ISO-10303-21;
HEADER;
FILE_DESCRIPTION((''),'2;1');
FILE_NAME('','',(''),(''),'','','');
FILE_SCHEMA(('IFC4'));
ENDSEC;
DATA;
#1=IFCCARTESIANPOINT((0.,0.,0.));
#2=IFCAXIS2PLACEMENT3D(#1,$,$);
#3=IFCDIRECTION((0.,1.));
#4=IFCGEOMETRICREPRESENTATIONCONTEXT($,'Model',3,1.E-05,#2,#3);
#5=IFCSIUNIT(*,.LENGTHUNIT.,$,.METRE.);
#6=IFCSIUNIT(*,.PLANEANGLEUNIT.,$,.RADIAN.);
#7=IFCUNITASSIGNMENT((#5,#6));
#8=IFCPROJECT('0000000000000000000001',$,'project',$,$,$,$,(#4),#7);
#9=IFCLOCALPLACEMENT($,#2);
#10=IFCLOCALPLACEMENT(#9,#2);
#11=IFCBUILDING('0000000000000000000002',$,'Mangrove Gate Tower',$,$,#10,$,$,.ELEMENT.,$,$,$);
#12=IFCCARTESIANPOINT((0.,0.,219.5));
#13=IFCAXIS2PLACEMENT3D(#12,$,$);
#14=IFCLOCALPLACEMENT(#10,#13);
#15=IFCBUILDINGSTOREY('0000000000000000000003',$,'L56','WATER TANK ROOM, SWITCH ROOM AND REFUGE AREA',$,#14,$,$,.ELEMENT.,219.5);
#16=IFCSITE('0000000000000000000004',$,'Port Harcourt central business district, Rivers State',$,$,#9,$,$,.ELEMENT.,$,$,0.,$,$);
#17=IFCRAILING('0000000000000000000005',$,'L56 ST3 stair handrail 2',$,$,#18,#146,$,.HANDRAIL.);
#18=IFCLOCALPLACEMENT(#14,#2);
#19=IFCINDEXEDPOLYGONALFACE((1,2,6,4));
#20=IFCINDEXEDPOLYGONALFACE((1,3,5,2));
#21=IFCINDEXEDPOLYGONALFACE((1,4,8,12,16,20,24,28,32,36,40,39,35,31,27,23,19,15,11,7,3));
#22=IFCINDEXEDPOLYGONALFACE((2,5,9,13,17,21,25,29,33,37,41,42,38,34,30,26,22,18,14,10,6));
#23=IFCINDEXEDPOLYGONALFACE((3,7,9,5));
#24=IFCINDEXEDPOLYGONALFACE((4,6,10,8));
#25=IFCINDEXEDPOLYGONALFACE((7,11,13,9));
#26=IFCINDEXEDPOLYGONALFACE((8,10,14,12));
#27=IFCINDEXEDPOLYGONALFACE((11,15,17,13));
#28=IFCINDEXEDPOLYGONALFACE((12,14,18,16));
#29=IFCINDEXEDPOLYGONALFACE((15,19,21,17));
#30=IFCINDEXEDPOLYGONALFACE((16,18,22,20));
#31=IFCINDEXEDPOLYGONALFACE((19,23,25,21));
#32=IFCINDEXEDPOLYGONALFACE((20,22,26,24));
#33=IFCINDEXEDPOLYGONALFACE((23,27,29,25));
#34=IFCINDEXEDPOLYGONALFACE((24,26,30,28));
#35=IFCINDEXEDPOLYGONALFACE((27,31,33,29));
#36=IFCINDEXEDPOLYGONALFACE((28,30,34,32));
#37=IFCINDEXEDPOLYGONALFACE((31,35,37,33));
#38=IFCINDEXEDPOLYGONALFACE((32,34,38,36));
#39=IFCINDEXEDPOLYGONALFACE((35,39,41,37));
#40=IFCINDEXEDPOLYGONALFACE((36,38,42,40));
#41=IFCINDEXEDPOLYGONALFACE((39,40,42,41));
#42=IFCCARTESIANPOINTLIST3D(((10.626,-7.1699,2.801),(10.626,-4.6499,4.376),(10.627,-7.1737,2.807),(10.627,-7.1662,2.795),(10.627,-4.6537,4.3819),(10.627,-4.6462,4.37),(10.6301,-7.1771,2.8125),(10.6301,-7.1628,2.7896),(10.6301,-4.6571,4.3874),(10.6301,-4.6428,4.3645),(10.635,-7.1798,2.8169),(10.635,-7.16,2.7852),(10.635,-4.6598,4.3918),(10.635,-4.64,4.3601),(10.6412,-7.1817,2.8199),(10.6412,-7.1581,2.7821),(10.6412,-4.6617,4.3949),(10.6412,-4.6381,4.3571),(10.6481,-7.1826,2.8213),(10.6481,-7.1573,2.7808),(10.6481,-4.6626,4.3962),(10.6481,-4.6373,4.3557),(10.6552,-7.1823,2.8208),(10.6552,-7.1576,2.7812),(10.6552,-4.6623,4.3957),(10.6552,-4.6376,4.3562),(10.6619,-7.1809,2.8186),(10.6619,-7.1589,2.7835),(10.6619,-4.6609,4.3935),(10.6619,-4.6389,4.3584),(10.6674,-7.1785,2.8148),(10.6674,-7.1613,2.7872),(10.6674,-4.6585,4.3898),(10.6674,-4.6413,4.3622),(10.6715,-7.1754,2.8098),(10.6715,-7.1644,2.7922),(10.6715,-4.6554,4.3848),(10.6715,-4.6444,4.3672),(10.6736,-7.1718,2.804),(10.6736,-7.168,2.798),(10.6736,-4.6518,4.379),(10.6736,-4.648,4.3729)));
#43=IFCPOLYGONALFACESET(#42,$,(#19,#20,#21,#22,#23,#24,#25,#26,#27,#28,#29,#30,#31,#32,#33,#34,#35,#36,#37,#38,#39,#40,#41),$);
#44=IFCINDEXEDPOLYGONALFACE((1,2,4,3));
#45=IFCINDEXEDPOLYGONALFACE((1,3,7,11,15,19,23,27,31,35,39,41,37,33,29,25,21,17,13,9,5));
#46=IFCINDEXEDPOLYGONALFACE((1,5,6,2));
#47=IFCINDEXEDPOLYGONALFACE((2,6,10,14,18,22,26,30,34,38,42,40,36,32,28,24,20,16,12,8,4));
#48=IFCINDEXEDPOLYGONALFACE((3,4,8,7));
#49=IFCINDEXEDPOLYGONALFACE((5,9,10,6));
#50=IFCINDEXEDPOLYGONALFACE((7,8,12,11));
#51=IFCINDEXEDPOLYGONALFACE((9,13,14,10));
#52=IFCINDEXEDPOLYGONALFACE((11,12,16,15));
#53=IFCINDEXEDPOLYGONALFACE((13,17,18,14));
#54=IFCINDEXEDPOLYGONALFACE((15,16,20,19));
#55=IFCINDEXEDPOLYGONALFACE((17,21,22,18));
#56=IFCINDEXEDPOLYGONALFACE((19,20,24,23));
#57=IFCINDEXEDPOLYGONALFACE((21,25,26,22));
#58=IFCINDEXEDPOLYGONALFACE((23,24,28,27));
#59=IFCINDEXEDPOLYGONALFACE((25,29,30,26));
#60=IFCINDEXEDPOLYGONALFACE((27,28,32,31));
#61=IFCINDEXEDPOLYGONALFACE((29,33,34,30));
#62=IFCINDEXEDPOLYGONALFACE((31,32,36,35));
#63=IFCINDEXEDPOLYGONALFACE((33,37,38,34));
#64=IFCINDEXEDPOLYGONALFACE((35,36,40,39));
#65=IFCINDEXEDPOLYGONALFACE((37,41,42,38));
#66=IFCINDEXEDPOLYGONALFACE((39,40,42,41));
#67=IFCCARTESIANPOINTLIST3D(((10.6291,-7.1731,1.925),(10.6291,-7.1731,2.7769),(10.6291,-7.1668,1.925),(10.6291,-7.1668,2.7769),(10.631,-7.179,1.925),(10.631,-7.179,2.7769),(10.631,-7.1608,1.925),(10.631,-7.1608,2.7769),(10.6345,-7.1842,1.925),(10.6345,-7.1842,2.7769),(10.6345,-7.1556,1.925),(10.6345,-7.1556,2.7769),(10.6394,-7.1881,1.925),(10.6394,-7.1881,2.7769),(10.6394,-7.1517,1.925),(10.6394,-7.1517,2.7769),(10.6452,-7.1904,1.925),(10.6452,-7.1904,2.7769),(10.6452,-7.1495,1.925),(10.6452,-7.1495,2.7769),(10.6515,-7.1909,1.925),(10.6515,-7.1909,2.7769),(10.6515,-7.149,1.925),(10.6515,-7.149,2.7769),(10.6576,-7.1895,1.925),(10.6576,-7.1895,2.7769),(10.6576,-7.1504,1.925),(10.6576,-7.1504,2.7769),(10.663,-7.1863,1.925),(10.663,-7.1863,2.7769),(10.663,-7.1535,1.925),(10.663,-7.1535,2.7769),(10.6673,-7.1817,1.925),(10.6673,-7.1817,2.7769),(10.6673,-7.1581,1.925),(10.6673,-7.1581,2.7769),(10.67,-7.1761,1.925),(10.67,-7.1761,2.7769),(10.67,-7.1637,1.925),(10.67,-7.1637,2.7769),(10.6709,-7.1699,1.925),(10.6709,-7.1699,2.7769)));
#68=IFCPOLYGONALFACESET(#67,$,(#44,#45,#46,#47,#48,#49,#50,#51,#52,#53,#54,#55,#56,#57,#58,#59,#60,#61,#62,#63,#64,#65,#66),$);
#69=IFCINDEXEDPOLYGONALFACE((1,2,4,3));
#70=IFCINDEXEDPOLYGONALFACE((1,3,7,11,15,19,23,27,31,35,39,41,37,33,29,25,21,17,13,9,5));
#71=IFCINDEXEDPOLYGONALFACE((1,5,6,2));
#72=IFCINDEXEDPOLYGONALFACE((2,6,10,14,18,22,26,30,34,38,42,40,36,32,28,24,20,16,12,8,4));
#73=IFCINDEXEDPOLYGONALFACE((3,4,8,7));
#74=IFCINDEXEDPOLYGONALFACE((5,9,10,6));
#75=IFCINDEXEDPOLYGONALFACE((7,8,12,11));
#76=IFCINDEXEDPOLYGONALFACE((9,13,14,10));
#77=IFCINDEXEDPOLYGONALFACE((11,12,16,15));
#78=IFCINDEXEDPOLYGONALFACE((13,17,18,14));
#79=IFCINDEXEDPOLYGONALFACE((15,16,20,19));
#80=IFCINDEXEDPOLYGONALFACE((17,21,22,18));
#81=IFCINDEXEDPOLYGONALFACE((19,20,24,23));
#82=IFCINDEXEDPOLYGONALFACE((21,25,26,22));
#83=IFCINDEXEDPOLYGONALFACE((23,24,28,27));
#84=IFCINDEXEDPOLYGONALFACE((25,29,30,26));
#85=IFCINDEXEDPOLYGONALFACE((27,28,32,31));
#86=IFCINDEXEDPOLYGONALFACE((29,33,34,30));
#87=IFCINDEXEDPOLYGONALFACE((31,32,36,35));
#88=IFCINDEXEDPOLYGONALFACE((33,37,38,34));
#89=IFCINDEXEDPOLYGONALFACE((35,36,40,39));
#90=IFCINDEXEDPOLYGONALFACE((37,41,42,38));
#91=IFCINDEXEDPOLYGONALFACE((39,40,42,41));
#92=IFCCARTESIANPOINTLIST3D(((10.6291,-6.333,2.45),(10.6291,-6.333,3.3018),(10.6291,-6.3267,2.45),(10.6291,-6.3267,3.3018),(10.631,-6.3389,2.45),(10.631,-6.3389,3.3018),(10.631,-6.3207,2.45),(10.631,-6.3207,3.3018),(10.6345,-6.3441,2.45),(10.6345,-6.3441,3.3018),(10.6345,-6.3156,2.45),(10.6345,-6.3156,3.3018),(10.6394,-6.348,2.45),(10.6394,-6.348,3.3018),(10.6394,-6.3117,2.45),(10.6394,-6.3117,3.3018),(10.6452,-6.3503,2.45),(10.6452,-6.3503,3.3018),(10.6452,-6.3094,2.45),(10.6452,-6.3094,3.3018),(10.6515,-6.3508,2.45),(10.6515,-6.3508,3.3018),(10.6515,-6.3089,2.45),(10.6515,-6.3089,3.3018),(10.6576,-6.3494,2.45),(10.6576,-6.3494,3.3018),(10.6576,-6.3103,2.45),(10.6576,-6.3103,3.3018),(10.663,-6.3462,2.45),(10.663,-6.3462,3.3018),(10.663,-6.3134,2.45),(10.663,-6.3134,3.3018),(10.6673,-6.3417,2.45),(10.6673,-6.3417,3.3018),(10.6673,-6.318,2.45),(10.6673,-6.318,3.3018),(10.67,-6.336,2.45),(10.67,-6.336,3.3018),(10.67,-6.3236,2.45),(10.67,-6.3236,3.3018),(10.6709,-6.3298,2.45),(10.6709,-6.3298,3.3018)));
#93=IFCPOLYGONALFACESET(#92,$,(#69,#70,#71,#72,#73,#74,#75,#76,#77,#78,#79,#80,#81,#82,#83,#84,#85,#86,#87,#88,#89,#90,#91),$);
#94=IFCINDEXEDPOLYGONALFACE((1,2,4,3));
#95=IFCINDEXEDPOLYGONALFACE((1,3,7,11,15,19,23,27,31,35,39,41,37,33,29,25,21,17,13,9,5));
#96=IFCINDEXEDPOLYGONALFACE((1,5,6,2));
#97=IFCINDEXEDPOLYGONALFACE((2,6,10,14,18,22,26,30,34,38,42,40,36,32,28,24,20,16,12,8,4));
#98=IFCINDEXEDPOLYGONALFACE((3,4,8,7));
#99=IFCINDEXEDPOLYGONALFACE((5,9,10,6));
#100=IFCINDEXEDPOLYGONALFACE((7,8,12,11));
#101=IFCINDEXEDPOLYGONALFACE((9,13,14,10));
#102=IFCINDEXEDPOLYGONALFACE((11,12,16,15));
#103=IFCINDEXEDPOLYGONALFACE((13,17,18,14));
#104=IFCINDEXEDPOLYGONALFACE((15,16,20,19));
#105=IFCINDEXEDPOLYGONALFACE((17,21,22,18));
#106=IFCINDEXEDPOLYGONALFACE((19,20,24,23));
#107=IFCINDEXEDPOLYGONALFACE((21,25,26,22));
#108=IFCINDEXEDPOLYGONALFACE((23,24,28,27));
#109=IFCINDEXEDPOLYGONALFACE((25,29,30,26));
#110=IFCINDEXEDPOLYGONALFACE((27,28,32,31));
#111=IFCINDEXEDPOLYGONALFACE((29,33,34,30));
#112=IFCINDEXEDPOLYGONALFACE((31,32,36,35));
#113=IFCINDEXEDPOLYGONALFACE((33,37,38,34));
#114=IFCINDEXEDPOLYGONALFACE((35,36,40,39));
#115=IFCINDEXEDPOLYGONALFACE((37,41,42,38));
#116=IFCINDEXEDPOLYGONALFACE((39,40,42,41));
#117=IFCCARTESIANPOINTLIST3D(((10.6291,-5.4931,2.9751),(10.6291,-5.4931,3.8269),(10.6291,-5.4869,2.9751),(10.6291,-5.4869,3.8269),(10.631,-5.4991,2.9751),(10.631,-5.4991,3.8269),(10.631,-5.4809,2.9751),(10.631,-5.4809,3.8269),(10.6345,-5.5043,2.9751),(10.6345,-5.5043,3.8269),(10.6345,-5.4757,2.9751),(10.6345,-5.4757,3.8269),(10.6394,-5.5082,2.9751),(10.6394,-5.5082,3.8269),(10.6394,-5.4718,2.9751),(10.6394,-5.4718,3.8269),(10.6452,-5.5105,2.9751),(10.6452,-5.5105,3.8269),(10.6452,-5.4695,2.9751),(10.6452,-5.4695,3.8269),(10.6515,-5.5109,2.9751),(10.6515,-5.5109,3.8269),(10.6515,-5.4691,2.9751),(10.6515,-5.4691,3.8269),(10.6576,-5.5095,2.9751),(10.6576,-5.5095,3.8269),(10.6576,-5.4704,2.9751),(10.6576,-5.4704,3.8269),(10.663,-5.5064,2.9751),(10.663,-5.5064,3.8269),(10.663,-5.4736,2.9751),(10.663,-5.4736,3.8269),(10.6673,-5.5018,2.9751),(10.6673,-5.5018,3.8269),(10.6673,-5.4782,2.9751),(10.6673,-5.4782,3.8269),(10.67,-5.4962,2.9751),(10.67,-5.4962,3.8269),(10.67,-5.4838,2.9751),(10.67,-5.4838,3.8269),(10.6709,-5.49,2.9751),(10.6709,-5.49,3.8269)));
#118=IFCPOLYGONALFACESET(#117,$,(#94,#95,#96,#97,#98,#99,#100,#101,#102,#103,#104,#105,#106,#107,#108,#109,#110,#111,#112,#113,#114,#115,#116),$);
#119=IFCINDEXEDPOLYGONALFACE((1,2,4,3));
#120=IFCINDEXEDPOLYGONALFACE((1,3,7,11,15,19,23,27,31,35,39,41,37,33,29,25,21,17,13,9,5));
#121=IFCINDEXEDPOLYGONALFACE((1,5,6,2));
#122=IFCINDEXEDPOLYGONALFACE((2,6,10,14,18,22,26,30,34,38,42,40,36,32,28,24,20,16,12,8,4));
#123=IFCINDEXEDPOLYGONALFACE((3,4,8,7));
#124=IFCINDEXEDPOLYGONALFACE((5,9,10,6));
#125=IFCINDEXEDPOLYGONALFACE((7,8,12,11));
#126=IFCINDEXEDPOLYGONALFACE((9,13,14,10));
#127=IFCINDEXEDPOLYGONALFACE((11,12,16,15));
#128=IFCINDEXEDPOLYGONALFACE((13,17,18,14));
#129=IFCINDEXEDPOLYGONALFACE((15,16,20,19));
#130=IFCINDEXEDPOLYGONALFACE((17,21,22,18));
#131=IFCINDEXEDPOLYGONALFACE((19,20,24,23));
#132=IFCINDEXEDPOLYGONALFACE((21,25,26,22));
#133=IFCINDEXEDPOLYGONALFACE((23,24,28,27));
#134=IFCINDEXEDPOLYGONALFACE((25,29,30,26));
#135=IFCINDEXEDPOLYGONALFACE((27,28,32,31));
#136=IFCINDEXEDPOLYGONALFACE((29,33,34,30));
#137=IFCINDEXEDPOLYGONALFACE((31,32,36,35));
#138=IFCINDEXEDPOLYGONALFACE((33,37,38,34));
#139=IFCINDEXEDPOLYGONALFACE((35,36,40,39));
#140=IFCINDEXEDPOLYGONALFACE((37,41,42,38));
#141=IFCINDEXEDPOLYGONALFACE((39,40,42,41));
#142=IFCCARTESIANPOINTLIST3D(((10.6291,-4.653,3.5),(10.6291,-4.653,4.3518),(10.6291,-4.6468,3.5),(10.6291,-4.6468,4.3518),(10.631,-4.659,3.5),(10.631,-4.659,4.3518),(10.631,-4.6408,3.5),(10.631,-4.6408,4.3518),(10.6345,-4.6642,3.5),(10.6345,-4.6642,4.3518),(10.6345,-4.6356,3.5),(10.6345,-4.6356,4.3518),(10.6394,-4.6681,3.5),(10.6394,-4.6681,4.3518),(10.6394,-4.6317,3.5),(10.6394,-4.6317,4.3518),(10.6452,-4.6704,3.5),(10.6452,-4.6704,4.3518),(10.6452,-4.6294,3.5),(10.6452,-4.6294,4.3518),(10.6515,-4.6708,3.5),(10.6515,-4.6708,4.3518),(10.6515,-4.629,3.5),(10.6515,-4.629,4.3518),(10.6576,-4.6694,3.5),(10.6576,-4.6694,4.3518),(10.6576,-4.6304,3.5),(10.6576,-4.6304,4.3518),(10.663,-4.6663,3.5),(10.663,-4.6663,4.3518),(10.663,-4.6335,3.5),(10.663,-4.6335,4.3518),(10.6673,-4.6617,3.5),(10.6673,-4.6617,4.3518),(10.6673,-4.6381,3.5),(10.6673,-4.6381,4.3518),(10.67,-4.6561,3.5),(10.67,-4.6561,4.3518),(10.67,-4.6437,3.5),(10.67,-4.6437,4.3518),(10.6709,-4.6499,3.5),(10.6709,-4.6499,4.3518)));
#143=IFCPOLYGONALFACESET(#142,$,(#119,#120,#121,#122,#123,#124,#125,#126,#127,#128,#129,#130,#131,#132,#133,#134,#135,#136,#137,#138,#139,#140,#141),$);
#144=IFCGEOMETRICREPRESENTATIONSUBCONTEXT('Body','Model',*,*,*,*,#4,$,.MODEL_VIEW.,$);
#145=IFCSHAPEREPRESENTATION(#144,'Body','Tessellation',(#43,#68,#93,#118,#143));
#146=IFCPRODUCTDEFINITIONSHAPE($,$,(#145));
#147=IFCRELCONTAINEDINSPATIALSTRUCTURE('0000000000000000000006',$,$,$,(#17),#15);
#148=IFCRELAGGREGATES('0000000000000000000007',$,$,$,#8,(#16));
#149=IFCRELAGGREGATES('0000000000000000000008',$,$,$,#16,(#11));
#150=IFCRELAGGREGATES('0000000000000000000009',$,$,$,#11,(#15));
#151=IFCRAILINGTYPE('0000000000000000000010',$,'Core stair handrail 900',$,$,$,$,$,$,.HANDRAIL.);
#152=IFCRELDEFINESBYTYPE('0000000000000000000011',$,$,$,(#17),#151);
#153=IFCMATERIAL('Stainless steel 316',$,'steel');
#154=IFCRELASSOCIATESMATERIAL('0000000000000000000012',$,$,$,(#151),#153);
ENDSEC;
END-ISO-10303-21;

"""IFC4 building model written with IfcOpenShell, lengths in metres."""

from ifc_helpers import new_model, si_unit, direction, frame, origin, origin_2d, place, context, subcontext, project, spatial, circle, extrude, material, type_object, element, save


model = new_model("IFC4")

# Units and contexts
model_context = context("Model", 3, precision=1e-05, world=origin(), true_north=direction((0.0, 1.0)))
body_context = subcontext(model_context, "Body", "Model", "MODEL_VIEW")
ifc_project = project(units=[si_unit("LENGTHUNIT", "METRE"), si_unit("PLANEANGLEUNIT", "RADIAN")], contexts=[model_context])

# Site, building, storey
site_placement = place(None, origin())
site = spatial("IfcSite", under=ifc_project, at=site_placement, Name="Port Harcourt central business district, Rivers State", CompositionType="ELEMENT", RefElevation=0.0)
building_placement = place(site_placement, origin())
building = spatial("IfcBuilding", under=site, at=building_placement, Name="Mangrove Gate Tower", CompositionType="ELEMENT")
storey_placement = place(building_placement, frame((0.0, 0.0, 219.5)))
storey = spatial("IfcBuildingStorey", under=building, at=storey_placement, Name="L56", Description="WATER TANK ROOM, SWITCH ROOM AND REFUGE AREA", CompositionType="ELEMENT", Elevation=219.5)

# Railing
ifc_material_1 = material(Name="Stainless steel 316", Category="steel")
railing_type_1 = type_object("IfcRailingType", Name="Core stair handrail 900", PredefinedType="HANDRAIL", material=ifc_material_1)
railing_1_placement = place(storey_placement, frame((10.6499, -7.1699, 1.925)))
element("IfcRailing", 1, at=railing_1_placement, inside=storey, type_object=railing_type_1, Name="L56 ST3 stair handrail 2", PredefinedType="HANDRAIL", context=body_context, shape_type="SweptSolid", body=[
    extrude(circle(Radius=0.0239, at=origin_2d()), frame((0.0, 0.0, 0.876), z_axis=(0.0, 0.848008, 0.529984), x_axis=(-1.0, 0.0, 0.0)), (0.0, 0.0, 1.0), 2.9717),
    extrude(circle(Radius=0.021, at=origin_2d()), origin(), (0.0, 0.0, 1.0), 0.8518),
    extrude(circle(Radius=0.021, at=origin_2d()), frame((0.0, 0.8401, 0.5249)), (0.0, 0.0, 1.0), 0.8518),
    extrude(circle(Radius=0.021, at=origin_2d()), frame((0.0, 1.6799, 1.05)), (0.0, 0.0, 1.0), 0.8518),
    extrude(circle(Radius=0.021, at=origin_2d()), frame((0.0, 2.52, 1.575)), (0.0, 0.0, 1.0), 0.8518),
])

save(model, "model.ifc")
